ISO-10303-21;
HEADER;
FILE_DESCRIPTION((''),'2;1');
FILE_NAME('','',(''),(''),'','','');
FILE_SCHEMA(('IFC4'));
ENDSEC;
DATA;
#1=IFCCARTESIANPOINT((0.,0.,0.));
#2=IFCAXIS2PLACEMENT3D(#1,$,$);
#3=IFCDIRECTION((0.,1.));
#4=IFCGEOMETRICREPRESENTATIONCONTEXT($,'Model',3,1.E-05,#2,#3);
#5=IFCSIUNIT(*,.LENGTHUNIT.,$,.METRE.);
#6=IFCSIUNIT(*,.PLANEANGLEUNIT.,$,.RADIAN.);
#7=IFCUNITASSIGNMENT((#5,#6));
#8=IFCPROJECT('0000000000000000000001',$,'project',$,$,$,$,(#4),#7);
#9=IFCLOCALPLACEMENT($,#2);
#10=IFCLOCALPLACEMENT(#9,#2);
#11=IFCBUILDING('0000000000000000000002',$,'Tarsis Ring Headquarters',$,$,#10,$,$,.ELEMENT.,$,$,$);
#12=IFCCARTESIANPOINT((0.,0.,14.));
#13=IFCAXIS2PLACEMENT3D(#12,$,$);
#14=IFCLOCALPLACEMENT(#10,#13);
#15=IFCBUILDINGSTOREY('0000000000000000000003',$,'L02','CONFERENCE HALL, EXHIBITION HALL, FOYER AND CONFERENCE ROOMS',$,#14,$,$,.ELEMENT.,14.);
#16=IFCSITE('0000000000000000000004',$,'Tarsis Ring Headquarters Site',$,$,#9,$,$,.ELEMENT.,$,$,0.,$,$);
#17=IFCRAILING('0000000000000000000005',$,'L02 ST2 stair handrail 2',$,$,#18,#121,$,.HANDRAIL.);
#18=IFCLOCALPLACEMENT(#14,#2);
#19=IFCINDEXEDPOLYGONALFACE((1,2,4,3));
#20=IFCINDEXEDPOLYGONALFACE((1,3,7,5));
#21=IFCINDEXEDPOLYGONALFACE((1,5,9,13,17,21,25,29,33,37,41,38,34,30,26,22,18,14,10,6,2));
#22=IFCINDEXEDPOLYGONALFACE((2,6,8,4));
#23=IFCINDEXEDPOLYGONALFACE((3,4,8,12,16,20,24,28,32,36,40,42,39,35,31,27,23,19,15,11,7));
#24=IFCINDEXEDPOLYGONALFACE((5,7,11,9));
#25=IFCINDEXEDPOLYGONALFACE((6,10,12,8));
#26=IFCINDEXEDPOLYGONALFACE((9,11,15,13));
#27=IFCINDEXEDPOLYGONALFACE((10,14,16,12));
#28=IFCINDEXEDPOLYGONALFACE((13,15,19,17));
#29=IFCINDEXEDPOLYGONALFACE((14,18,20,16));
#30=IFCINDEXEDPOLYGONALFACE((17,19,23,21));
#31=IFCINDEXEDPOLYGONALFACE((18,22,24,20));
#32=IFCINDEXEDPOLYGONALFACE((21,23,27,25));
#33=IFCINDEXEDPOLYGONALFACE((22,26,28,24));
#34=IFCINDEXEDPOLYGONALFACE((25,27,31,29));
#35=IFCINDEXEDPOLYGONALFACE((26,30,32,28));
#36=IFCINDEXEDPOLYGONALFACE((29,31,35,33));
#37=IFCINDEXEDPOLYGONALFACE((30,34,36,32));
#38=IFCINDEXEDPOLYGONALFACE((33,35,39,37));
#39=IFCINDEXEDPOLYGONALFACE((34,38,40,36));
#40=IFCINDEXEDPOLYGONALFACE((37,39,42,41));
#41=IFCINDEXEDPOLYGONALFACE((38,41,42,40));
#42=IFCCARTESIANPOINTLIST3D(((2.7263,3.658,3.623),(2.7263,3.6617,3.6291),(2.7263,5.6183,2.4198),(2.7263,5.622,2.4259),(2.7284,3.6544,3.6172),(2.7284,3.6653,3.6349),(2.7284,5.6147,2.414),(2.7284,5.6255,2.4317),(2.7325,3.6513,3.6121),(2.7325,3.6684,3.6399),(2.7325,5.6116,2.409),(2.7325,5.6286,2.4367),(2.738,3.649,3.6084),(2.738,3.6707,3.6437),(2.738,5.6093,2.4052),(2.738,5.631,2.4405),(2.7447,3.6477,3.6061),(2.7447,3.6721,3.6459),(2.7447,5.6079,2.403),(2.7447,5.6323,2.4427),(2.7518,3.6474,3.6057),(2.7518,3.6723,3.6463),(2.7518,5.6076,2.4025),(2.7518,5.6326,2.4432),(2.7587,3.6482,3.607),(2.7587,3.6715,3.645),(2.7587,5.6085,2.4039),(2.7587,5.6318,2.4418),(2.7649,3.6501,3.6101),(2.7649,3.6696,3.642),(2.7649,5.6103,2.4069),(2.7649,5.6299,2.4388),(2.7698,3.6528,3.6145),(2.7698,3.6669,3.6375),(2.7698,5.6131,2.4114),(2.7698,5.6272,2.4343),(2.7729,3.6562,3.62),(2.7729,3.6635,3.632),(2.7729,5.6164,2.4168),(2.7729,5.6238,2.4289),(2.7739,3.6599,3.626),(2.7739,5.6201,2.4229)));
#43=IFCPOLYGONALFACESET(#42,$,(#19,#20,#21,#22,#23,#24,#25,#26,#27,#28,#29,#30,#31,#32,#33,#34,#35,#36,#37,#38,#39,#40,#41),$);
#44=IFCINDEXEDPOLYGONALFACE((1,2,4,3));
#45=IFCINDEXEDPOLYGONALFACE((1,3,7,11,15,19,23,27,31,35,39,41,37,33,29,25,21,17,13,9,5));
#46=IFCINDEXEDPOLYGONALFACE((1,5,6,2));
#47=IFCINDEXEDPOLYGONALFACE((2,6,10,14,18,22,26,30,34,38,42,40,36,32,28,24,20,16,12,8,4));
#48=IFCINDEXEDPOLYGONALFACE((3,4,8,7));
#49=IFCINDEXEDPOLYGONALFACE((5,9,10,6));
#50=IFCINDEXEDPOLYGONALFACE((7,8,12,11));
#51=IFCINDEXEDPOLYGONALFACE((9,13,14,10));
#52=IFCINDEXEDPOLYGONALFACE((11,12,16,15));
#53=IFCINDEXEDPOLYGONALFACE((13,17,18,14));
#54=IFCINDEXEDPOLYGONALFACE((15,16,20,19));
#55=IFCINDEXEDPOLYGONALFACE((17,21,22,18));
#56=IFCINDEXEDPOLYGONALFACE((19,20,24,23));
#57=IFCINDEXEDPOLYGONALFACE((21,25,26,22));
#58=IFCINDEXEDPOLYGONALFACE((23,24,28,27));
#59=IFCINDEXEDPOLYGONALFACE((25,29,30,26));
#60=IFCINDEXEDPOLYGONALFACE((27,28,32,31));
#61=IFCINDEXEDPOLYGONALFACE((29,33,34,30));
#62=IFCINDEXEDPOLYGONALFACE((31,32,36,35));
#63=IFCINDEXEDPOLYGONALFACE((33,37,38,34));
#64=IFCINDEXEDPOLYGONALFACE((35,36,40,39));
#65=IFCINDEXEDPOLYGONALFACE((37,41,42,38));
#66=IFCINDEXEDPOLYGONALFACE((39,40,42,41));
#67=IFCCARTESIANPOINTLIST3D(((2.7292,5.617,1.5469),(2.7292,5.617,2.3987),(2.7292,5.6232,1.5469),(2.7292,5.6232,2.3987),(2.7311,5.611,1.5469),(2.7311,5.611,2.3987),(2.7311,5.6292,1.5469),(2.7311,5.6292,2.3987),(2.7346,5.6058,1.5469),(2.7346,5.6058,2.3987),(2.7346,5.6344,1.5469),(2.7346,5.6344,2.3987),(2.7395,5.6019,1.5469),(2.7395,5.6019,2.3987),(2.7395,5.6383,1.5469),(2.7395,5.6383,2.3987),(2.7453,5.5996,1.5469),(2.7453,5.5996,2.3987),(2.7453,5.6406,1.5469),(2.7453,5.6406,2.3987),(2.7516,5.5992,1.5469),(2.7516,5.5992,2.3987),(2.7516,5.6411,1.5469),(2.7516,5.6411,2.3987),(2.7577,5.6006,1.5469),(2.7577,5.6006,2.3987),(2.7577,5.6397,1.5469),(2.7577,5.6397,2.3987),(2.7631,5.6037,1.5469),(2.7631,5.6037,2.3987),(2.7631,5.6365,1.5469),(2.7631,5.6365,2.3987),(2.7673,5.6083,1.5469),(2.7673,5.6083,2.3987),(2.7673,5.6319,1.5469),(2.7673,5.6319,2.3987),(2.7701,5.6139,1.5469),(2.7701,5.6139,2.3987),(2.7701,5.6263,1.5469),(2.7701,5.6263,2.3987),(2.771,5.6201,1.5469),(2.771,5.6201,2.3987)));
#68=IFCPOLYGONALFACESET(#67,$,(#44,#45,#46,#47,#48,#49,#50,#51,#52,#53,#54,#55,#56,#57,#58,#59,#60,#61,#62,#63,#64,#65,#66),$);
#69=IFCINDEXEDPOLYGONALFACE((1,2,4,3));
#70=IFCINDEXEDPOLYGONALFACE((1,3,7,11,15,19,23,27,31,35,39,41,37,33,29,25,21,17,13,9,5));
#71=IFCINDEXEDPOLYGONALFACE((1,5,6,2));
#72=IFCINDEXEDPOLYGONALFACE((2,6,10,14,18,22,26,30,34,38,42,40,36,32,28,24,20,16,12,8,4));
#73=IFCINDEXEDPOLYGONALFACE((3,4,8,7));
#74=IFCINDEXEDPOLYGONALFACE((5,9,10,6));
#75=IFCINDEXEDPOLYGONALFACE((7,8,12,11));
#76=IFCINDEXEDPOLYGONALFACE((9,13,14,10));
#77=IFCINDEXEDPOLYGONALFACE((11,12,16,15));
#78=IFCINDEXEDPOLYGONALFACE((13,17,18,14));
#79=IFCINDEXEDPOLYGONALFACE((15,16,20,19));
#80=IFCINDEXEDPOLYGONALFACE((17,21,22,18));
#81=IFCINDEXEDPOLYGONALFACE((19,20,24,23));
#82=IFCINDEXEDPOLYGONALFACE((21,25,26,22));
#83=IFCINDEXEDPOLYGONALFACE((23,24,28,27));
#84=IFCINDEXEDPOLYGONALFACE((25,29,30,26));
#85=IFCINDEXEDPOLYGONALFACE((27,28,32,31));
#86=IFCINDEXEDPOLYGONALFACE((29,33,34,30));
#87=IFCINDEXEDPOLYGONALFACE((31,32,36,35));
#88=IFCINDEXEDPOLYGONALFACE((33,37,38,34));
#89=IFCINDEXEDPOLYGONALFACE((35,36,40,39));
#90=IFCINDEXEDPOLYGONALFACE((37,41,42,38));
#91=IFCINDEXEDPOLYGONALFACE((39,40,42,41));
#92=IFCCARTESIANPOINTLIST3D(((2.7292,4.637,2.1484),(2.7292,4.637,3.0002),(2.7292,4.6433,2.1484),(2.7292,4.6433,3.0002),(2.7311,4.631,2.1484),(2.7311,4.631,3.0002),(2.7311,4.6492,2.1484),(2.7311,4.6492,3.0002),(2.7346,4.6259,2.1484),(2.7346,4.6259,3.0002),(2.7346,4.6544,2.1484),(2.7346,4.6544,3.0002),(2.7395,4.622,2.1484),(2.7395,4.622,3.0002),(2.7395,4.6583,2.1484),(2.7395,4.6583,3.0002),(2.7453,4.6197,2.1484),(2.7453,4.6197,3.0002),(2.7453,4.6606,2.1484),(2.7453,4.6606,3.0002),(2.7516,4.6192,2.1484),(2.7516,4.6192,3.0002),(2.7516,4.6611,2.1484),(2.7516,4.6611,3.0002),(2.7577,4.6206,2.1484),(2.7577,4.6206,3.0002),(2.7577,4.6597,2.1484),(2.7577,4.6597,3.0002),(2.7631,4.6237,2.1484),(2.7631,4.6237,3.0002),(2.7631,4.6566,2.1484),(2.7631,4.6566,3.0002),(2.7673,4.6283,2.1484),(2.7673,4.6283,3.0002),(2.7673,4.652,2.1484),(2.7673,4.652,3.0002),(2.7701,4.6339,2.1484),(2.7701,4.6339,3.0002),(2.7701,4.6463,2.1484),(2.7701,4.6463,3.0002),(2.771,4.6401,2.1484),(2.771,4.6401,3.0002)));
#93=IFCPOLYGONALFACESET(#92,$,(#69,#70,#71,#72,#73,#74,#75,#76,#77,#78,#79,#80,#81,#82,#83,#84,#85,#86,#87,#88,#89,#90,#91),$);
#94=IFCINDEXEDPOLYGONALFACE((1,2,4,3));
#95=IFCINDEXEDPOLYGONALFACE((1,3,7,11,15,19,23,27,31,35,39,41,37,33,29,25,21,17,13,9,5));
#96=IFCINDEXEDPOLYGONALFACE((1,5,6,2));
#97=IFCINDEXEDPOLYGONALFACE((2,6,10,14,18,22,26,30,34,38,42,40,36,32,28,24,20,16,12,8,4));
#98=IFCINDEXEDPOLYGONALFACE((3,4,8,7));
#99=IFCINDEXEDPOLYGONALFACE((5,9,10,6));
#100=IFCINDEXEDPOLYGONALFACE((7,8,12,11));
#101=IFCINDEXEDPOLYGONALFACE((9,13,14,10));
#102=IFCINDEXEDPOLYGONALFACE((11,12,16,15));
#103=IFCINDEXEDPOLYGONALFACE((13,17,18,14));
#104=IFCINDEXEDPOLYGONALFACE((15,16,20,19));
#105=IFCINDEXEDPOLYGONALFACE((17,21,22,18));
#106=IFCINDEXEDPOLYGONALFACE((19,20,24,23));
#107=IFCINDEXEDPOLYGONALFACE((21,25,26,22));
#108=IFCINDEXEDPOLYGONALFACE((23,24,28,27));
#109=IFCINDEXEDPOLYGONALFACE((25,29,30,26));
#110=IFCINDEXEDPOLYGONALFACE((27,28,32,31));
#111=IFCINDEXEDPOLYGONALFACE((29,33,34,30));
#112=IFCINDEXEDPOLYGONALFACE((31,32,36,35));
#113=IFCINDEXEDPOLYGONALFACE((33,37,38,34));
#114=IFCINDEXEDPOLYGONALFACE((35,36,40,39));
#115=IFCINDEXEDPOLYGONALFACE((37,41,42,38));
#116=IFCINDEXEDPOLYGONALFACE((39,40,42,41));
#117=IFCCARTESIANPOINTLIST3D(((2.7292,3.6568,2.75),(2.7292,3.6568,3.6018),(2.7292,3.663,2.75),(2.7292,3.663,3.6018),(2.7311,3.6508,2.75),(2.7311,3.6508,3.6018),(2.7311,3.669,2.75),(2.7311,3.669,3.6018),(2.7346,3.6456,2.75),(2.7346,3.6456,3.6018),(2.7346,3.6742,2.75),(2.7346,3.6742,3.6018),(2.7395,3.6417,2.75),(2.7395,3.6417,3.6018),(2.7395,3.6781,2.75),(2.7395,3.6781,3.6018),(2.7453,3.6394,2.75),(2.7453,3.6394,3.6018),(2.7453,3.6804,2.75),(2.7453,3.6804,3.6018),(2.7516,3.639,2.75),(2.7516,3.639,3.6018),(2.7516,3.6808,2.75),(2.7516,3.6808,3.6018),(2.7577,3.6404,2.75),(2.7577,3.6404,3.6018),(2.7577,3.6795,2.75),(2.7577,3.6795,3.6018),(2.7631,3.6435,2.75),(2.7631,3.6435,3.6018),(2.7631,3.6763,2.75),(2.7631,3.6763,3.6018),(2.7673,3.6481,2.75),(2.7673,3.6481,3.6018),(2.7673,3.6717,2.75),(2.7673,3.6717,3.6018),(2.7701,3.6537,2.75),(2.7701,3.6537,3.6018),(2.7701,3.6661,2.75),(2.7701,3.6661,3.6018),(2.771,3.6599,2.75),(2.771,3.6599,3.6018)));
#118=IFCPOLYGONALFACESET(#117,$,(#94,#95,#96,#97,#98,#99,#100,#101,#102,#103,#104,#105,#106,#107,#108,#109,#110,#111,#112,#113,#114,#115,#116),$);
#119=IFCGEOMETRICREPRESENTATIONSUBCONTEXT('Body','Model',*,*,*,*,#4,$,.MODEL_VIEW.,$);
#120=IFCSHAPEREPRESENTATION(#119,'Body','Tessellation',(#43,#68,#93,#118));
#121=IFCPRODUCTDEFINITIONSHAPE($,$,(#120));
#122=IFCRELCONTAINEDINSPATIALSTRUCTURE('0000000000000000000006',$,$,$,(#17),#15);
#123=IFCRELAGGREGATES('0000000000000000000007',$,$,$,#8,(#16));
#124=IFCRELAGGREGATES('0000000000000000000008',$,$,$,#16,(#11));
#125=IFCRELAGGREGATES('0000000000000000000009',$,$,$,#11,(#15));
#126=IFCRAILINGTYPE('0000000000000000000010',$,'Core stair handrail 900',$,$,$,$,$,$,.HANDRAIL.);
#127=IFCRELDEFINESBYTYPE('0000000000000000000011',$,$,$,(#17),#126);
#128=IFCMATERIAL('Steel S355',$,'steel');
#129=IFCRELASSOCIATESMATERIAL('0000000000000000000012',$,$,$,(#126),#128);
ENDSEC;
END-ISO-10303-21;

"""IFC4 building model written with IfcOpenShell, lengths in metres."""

from ifc_helpers import new_model, si_unit, direction, frame, origin, origin_2d, place, context, subcontext, project, spatial, circle, extrude, material, type_object, element, save


model = new_model("IFC4")

# Units and contexts
model_context = context("Model", 3, precision=1e-05, world=origin(), true_north=direction((0.0, 1.0)))
body_context = subcontext(model_context, "Body", "Model", "MODEL_VIEW")
ifc_project = project(units=[si_unit("LENGTHUNIT", "METRE"), si_unit("PLANEANGLEUNIT", "RADIAN")], contexts=[model_context])

# Site, building, storey
site_placement = place(None, origin())
site = spatial("IfcSite", under=ifc_project, at=site_placement, Name="Tarsis Ring Headquarters Site", CompositionType="ELEMENT", RefElevation=0.0)
building_placement = place(site_placement, origin())
building = spatial("IfcBuilding", under=site, at=building_placement, Name="Tarsis Ring Headquarters", CompositionType="ELEMENT")
storey_placement = place(building_placement, frame((0.0, 0.0, 14.0)))
storey = spatial("IfcBuildingStorey", under=building, at=storey_placement, Name="L02", Description="CONFERENCE HALL, EXHIBITION HALL, FOYER AND CONFERENCE ROOMS", CompositionType="ELEMENT", Elevation=14.0)

# Railing
ifc_material_1 = material(Name="Steel S355", Category="steel")
railing_type_1 = type_object("IfcRailingType", Name="Core stair handrail 900", PredefinedType="HANDRAIL", material=ifc_material_1)
railing_1_placement = place(storey_placement, frame((2.75, 5.6201, 1.5469)))
element("IfcRailing", 1, at=railing_1_placement, inside=storey, type_object=railing_type_1, Name="L02 ST2 stair handrail 2", PredefinedType="HANDRAIL", context=body_context, shape_type="SweptSolid", body=[
    extrude(circle(Radius=0.0239, at=origin_2d()), frame((0.0, 0.0, 0.876), z_axis=(0.0, -0.85227, 0.523102), x_axis=(1.0, 0.0, 0.0)), (0.0, 0.0, 1.0), 2.3),
    extrude(circle(Radius=0.021, at=origin_2d()), origin(), (0.0, 0.0, 1.0), 0.8518),
    extrude(circle(Radius=0.021, at=origin_2d()), frame((0.0, -0.98, 0.6016)), (0.0, 0.0, 1.0), 0.8518),
    extrude(circle(Radius=0.021, at=origin_2d()), frame((0.0, -1.9602, 1.2031)), (0.0, 0.0, 1.0), 0.8518),
])

save(model, "model.ifc")
